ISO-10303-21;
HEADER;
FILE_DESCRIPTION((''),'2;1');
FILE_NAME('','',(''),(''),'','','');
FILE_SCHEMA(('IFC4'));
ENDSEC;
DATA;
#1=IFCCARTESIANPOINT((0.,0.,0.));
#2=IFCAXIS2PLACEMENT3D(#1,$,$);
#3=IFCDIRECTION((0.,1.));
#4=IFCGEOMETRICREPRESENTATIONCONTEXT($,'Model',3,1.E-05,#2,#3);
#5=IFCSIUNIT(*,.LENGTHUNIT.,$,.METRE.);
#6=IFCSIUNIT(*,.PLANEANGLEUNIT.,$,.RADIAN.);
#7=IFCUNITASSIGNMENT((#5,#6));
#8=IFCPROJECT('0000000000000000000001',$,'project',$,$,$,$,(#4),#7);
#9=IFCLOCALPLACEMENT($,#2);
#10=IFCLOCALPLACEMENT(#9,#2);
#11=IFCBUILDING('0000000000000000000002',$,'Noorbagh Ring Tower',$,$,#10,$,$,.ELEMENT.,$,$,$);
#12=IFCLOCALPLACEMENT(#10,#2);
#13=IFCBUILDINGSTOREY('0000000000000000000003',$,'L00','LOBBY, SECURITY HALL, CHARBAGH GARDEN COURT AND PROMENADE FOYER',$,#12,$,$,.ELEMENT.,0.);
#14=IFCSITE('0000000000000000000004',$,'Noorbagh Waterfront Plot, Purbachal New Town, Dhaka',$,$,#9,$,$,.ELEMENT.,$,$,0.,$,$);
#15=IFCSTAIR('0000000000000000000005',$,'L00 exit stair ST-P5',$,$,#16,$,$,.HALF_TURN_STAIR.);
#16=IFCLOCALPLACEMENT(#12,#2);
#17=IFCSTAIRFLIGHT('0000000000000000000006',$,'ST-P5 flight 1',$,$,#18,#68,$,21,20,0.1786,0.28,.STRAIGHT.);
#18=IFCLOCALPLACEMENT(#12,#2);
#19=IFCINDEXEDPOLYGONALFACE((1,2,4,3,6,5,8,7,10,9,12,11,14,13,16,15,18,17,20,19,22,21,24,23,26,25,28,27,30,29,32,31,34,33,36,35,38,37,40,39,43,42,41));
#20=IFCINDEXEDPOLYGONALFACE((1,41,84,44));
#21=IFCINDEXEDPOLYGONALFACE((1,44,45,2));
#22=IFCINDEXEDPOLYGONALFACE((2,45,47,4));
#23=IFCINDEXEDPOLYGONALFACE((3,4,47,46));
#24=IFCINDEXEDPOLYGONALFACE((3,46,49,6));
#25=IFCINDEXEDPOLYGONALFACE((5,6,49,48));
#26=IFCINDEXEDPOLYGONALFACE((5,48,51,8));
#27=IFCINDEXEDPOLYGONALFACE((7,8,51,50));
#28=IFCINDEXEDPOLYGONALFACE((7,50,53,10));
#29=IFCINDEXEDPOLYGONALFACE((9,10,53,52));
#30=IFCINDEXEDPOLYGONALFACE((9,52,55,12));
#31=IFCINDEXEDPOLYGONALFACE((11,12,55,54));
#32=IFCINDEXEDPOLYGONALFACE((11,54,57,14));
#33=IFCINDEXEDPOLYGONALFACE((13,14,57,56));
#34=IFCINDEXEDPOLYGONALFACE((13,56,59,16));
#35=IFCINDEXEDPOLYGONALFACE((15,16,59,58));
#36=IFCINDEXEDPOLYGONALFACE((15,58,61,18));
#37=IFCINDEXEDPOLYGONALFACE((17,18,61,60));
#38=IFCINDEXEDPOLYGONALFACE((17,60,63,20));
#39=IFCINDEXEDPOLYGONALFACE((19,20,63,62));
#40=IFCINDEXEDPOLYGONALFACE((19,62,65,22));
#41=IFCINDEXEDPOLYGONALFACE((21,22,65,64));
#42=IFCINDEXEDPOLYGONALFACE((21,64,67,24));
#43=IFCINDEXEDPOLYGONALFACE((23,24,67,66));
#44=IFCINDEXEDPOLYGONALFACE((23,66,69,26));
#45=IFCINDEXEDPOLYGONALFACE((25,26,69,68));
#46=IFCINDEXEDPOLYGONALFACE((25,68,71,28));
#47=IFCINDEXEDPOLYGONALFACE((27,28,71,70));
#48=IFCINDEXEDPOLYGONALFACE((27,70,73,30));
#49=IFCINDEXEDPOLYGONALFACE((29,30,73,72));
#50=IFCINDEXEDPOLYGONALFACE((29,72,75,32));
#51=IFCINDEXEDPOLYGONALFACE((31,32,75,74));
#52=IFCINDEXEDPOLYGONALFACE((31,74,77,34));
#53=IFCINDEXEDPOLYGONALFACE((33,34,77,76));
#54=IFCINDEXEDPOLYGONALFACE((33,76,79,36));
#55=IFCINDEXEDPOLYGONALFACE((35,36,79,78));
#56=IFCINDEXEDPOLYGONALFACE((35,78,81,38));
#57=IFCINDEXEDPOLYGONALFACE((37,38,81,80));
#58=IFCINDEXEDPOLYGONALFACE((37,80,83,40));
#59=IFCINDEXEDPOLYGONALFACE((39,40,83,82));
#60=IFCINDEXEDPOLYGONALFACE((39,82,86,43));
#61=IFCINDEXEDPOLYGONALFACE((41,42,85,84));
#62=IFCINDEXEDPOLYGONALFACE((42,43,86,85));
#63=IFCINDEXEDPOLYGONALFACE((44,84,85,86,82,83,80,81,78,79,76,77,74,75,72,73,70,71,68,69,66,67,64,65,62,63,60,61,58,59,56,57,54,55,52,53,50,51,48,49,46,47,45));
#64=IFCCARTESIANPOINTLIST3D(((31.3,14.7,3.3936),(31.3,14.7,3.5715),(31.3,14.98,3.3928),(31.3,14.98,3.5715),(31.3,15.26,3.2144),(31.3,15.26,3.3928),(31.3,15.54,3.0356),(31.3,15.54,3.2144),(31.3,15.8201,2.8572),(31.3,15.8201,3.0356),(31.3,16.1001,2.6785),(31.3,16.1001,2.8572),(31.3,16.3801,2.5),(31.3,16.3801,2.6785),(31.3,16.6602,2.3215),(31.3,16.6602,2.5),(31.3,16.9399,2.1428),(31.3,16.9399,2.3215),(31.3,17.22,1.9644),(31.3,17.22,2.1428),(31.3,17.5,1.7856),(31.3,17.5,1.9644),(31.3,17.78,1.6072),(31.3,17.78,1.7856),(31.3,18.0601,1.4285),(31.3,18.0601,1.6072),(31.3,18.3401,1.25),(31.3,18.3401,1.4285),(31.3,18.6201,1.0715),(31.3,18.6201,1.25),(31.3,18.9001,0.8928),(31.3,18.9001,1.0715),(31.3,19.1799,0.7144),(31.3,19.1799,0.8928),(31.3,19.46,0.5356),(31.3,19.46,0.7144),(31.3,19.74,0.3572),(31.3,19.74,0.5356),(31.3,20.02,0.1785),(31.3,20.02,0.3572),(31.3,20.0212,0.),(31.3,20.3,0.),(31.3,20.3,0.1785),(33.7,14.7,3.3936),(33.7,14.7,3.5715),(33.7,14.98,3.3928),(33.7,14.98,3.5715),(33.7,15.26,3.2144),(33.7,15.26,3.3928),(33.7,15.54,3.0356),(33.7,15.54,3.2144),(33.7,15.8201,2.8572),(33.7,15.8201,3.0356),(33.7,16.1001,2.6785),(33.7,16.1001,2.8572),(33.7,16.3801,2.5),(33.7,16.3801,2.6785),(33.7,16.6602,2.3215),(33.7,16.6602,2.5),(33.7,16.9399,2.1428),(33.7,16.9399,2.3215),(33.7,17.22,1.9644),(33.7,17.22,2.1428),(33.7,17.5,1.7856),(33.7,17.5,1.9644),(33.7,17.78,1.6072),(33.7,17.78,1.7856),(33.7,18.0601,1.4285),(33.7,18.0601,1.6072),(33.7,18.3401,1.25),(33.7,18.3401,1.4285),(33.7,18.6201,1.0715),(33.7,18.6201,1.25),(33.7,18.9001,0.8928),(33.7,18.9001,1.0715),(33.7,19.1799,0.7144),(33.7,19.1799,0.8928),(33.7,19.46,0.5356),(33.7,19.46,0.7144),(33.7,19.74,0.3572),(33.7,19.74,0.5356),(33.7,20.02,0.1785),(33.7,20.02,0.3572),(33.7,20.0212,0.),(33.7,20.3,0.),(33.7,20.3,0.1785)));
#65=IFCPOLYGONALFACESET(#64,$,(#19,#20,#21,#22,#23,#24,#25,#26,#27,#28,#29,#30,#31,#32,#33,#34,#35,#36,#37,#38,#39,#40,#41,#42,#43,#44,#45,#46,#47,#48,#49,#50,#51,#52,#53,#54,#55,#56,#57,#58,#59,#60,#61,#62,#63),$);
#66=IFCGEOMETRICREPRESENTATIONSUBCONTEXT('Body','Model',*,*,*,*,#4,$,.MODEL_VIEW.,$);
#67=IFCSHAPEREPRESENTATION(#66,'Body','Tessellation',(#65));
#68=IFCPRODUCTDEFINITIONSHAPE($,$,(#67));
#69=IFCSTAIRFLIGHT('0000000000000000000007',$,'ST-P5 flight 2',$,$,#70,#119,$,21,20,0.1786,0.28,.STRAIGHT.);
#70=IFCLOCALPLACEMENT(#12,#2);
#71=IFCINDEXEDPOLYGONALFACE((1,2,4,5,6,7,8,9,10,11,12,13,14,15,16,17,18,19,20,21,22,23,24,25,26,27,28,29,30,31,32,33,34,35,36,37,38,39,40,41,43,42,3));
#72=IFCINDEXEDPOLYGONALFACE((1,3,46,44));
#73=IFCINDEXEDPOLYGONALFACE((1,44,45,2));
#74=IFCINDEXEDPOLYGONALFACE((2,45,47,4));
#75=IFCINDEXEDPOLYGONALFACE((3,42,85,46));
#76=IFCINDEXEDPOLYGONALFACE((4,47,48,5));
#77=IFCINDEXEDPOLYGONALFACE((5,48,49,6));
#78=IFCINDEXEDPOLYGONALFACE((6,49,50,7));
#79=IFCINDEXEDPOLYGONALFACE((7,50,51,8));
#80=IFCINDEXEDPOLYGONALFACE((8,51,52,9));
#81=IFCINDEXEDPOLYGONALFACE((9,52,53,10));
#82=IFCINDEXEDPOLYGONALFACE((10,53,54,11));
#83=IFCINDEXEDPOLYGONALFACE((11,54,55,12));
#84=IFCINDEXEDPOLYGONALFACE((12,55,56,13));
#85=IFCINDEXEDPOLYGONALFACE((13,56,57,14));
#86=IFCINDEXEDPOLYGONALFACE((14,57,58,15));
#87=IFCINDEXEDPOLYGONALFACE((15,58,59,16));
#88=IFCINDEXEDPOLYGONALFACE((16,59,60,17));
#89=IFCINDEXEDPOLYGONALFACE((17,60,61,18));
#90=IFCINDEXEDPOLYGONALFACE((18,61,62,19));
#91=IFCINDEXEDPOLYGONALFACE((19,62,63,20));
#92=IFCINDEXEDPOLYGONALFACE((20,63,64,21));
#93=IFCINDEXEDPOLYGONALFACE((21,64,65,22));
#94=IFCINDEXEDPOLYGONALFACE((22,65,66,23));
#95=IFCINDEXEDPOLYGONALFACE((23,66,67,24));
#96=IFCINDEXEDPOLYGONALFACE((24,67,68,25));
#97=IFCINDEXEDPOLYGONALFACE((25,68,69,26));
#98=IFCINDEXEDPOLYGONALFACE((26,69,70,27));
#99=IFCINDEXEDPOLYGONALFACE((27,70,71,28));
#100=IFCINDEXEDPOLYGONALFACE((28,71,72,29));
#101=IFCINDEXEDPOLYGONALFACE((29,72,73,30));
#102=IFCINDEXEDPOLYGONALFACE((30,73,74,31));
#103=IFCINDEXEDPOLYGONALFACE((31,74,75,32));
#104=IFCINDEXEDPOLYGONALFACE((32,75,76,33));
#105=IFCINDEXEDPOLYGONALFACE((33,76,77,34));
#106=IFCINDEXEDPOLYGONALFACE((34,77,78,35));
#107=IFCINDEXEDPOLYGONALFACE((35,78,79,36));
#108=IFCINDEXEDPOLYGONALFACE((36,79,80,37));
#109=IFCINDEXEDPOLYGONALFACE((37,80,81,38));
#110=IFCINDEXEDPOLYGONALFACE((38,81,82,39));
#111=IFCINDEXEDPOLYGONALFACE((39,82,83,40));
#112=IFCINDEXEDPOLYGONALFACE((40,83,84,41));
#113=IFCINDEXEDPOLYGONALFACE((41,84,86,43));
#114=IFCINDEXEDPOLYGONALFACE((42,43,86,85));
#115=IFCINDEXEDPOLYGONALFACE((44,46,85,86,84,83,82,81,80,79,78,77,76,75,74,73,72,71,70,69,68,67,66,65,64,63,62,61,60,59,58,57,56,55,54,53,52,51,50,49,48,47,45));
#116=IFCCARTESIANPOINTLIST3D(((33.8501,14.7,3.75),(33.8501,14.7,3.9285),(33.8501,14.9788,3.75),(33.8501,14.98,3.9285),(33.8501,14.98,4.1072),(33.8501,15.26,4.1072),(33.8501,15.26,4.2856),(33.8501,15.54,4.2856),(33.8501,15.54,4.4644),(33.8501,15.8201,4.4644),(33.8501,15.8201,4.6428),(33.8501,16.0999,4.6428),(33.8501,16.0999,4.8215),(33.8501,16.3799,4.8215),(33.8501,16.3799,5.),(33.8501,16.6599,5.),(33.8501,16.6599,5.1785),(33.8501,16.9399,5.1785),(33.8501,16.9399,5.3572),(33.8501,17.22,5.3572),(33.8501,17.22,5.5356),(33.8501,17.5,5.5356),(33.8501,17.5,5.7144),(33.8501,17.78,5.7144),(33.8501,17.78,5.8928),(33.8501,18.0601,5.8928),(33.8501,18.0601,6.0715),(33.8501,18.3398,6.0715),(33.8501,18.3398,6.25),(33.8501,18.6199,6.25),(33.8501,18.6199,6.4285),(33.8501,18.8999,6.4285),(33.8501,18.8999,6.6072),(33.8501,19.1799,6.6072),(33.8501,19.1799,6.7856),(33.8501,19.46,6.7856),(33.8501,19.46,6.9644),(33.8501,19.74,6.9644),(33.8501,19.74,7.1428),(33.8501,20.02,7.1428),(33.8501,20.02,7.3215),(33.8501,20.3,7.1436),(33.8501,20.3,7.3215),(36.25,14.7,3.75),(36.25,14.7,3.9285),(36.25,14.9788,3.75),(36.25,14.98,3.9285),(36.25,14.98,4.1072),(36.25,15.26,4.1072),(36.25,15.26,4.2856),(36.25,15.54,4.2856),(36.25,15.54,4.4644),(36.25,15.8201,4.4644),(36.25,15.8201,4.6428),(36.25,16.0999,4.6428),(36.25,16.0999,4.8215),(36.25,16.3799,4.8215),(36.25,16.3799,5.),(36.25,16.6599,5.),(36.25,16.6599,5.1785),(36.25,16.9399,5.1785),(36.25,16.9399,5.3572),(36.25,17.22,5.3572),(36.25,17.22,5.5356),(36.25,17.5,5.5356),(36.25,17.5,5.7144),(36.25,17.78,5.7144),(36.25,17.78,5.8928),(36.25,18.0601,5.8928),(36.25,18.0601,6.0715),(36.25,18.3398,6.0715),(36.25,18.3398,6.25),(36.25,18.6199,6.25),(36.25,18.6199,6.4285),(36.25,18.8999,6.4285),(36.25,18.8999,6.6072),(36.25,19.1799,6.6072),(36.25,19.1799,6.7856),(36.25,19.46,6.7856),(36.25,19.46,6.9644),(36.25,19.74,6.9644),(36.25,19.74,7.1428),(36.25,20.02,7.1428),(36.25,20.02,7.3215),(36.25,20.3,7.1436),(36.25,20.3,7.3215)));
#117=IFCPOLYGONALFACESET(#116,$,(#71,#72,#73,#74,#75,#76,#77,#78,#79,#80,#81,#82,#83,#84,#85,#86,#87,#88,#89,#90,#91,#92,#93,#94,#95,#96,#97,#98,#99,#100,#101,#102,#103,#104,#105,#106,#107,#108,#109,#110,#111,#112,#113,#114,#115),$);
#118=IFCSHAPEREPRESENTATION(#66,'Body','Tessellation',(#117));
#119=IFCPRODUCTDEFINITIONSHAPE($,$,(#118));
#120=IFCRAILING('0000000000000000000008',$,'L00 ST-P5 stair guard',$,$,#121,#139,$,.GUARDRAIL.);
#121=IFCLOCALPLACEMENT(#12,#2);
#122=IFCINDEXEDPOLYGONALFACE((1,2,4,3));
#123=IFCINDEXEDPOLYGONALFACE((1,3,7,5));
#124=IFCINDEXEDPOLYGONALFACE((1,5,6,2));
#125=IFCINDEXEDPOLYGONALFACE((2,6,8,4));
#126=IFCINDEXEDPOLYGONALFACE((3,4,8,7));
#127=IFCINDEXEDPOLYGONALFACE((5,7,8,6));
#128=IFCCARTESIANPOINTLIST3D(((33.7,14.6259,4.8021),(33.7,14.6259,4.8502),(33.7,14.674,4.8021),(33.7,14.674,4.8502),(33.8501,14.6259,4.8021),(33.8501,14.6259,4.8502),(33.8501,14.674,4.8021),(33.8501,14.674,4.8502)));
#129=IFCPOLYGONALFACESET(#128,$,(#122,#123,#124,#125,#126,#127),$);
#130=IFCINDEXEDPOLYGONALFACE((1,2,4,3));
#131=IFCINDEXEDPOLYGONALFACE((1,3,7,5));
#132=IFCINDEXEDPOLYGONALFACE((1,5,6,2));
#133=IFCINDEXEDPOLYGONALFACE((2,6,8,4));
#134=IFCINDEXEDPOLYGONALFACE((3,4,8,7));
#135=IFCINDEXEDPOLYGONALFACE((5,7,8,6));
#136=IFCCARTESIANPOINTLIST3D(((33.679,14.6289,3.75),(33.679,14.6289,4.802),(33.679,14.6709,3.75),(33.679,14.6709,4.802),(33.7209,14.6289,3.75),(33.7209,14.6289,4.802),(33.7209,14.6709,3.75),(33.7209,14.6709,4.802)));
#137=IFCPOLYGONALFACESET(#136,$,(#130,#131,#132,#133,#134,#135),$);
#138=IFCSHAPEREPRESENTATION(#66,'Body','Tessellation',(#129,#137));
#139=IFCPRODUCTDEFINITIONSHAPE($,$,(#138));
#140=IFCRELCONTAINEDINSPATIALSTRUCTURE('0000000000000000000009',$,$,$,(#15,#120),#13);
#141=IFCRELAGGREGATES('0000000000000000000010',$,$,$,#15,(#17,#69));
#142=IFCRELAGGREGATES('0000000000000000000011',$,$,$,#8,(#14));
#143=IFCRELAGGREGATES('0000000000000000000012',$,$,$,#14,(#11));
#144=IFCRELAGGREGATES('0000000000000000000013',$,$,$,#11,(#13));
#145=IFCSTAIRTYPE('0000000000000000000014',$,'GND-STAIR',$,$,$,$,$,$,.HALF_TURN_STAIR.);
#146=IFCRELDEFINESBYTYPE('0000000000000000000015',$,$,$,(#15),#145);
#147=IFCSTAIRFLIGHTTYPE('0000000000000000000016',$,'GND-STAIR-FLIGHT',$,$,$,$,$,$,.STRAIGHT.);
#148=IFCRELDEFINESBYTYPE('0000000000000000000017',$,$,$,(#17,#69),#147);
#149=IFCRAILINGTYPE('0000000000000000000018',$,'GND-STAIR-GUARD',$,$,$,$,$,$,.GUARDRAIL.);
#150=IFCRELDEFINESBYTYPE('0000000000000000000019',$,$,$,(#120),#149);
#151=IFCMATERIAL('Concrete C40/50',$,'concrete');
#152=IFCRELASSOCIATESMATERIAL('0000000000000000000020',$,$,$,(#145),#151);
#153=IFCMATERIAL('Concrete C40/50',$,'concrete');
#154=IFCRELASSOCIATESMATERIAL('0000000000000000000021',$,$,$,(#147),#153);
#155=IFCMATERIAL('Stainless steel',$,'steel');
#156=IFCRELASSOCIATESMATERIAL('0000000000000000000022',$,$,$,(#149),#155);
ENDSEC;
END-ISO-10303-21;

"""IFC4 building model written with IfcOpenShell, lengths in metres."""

from ifc_helpers import new_model, si_unit, direction, frame, origin, origin_2d, place, context, subcontext, project, spatial, polyline, rectangle, outline, extrude, material, type_object, element, aggregate, save


model = new_model("IFC4")

# Units and contexts
model_context = context("Model", 3, precision=1e-05, world=origin(), true_north=direction((0.0, 1.0)))
body_context = subcontext(model_context, "Body", "Model", "MODEL_VIEW")
ifc_project = project(units=[si_unit("LENGTHUNIT", "METRE"), si_unit("PLANEANGLEUNIT", "RADIAN")], contexts=[model_context])

# Site, building, storey
site_placement = place(None, origin())
site = spatial("IfcSite", under=ifc_project, at=site_placement, Name="Noorbagh Waterfront Plot, Purbachal New Town, Dhaka", CompositionType="ELEMENT", RefElevation=0.0)
building_placement = place(site_placement, origin())
building = spatial("IfcBuilding", under=site, at=building_placement, Name="Noorbagh Ring Tower", CompositionType="ELEMENT")
storey_placement = place(building_placement, origin())
storey = spatial("IfcBuildingStorey", under=building, at=storey_placement, Name="L00", Description="LOBBY, SECURITY HALL, CHARBAGH GARDEN COURT AND PROMENADE FOYER", CompositionType="ELEMENT", Elevation=0.0)

# Stair, stair flights
ifc_material_1 = material(Name="Concrete C40/50", Category="concrete")
stair_type = type_object("IfcStairType", Name="GND-STAIR", PredefinedType="HALF_TURN_STAIR", material=ifc_material_1)
stair_placement = place(storey_placement, origin())
stair = element("IfcStair", 1, at=stair_placement, inside=storey, type_object=stair_type, Name="L00 exit stair ST-P5", PredefinedType="HALF_TURN_STAIR")
ifc_material_2 = material(Name="Concrete C40/50", Category="concrete")
stair_flight_type = type_object("IfcStairFlightType", Name="GND-STAIR-FLIGHT", PredefinedType="STRAIGHT", material=ifc_material_2)
stair_flight_1_placement = place(storey_placement, frame((32.5, 20.3, 0.0), z_axis=(0.0, 0.0, 1.0), x_axis=(0.0, -1.0, 0.0)))
stair_flight_1 = element("IfcStairFlight", 2, at=stair_flight_1_placement, type_object=stair_flight_type, Name="ST-P5 flight 1", NumberOfRisers=21, NumberOfTreads=20, PredefinedType="STRAIGHT", RiserHeight=0.1786, TreadLength=0.28, context=body_context, shape_type="SweptSolid", body=[
    extrude(outline(polyline([(0.0, 0.0), (0.0, 0.1785), (0.28, 0.1785), (0.28, 0.3572), (0.5601, 0.3572), (0.5601, 0.5356), (0.8401, 0.5356), (0.8401, 0.7144), (1.1201, 0.7144), (1.1201, 0.8928), (1.3999, 0.8928), (1.3999, 1.0715), (1.6799, 1.0715), (1.6799, 1.25), (1.96, 1.25), (1.96, 1.4285), (2.24, 1.4285), (2.24, 1.6072), (2.52, 1.6072), (2.52, 1.7856), (2.8, 1.7856), (2.8, 1.9644), (3.0801, 1.9644), (3.0801, 2.1428), (3.3601, 2.1428), (3.3601, 2.3215), (3.6399, 2.3215), (3.6399, 2.5), (3.9199, 2.5), (3.9199, 2.6785), (4.2, 2.6785), (4.2, 2.8572), (4.48, 2.8572), (4.48, 3.0356), (4.76, 3.0356), (4.76, 3.2144), (5.04, 3.2144), (5.04, 3.3928), (5.3201, 3.3928), (5.3201, 3.5715), (5.6001, 3.5715), (5.6001, 3.75), (5.6001, 3.3936), (0.2788, 0.0), (0.0, 0.0)])), frame((0.0, 1.2, 0.0), z_axis=(0.0, -1.0, 0.0), x_axis=(1.0, 0.0, 0.0)), (0.0, 0.0, 1.0), 2.3999),
])
stair_flight_2_placement = place(storey_placement, frame((35.05, 14.7, 3.75), z_axis=(0.0, 0.0, 1.0), x_axis=(0.0, 1.0, 0.0)))
stair_flight_2 = element("IfcStairFlight", 3, at=stair_flight_2_placement, type_object=stair_flight_type, Name="ST-P5 flight 2", NumberOfRisers=21, NumberOfTreads=20, PredefinedType="STRAIGHT", RiserHeight=0.1786, TreadLength=0.28, context=body_context, shape_type="SweptSolid", body=[
    extrude(outline(polyline([(0.0, 0.0), (0.0, 0.1785), (0.28, 0.1785), (0.28, 0.3572), (0.5601, 0.3572), (0.5601, 0.5356), (0.8401, 0.5356), (0.8401, 0.7144), (1.1201, 0.7144), (1.1201, 0.8928), (1.3999, 0.8928), (1.3999, 1.0715), (1.6799, 1.0715), (1.6799, 1.25), (1.96, 1.25), (1.96, 1.4285), (2.24, 1.4285), (2.24, 1.6072), (2.52, 1.6072), (2.52, 1.7856), (2.8, 1.7856), (2.8, 1.9644), (3.0801, 1.9644), (3.0801, 2.1428), (3.3601, 2.1428), (3.3601, 2.3215), (3.6399, 2.3215), (3.6399, 2.5), (3.9199, 2.5), (3.9199, 2.6785), (4.2, 2.6785), (4.2, 2.8572), (4.48, 2.8572), (4.48, 3.0356), (4.76, 3.0356), (4.76, 3.2144), (5.04, 3.2144), (5.04, 3.3928), (5.3201, 3.3928), (5.3201, 3.5715), (5.6001, 3.5715), (5.6001, 3.75), (5.6001, 3.3936), (0.2788, 0.0), (0.0, 0.0)])), frame((0.0, 1.2, 0.0), z_axis=(0.0, -1.0, 0.0), x_axis=(1.0, 0.0, 0.0)), (0.0, 0.0, 1.0), 2.3999),
])
aggregate(stair, [stair_flight_1, stair_flight_2])

# Railing
ifc_material_3 = material(Name="Stainless steel", Category="steel")
railing_type_1 = type_object("IfcRailingType", Name="GND-STAIR-GUARD", PredefinedType="GUARDRAIL", material=ifc_material_3)
railing_1_placement = place(storey_placement, frame((33.7, 14.6499, 3.75)))
element("IfcRailing", 4, at=railing_1_placement, inside=storey, type_object=railing_type_1, Name="L00 ST-P5 stair guard", PredefinedType="GUARDRAIL", context=body_context, shape_type="SweptSolid", body=[
    extrude(rectangle(XDim=0.0481, YDim=0.0481, at=origin_2d()), frame((0.0, 0.0, 1.0762), z_axis=(1.0, 0.0, 0.0), x_axis=(0.0, 1.0, 0.0)), (0.0, 0.0, 1.0), 0.1501),
    extrude(rectangle(XDim=0.042, YDim=0.042, at=origin_2d()), origin(), (0.0, 0.0, 1.0), 1.052),
])

save(model, "model.ifc")
